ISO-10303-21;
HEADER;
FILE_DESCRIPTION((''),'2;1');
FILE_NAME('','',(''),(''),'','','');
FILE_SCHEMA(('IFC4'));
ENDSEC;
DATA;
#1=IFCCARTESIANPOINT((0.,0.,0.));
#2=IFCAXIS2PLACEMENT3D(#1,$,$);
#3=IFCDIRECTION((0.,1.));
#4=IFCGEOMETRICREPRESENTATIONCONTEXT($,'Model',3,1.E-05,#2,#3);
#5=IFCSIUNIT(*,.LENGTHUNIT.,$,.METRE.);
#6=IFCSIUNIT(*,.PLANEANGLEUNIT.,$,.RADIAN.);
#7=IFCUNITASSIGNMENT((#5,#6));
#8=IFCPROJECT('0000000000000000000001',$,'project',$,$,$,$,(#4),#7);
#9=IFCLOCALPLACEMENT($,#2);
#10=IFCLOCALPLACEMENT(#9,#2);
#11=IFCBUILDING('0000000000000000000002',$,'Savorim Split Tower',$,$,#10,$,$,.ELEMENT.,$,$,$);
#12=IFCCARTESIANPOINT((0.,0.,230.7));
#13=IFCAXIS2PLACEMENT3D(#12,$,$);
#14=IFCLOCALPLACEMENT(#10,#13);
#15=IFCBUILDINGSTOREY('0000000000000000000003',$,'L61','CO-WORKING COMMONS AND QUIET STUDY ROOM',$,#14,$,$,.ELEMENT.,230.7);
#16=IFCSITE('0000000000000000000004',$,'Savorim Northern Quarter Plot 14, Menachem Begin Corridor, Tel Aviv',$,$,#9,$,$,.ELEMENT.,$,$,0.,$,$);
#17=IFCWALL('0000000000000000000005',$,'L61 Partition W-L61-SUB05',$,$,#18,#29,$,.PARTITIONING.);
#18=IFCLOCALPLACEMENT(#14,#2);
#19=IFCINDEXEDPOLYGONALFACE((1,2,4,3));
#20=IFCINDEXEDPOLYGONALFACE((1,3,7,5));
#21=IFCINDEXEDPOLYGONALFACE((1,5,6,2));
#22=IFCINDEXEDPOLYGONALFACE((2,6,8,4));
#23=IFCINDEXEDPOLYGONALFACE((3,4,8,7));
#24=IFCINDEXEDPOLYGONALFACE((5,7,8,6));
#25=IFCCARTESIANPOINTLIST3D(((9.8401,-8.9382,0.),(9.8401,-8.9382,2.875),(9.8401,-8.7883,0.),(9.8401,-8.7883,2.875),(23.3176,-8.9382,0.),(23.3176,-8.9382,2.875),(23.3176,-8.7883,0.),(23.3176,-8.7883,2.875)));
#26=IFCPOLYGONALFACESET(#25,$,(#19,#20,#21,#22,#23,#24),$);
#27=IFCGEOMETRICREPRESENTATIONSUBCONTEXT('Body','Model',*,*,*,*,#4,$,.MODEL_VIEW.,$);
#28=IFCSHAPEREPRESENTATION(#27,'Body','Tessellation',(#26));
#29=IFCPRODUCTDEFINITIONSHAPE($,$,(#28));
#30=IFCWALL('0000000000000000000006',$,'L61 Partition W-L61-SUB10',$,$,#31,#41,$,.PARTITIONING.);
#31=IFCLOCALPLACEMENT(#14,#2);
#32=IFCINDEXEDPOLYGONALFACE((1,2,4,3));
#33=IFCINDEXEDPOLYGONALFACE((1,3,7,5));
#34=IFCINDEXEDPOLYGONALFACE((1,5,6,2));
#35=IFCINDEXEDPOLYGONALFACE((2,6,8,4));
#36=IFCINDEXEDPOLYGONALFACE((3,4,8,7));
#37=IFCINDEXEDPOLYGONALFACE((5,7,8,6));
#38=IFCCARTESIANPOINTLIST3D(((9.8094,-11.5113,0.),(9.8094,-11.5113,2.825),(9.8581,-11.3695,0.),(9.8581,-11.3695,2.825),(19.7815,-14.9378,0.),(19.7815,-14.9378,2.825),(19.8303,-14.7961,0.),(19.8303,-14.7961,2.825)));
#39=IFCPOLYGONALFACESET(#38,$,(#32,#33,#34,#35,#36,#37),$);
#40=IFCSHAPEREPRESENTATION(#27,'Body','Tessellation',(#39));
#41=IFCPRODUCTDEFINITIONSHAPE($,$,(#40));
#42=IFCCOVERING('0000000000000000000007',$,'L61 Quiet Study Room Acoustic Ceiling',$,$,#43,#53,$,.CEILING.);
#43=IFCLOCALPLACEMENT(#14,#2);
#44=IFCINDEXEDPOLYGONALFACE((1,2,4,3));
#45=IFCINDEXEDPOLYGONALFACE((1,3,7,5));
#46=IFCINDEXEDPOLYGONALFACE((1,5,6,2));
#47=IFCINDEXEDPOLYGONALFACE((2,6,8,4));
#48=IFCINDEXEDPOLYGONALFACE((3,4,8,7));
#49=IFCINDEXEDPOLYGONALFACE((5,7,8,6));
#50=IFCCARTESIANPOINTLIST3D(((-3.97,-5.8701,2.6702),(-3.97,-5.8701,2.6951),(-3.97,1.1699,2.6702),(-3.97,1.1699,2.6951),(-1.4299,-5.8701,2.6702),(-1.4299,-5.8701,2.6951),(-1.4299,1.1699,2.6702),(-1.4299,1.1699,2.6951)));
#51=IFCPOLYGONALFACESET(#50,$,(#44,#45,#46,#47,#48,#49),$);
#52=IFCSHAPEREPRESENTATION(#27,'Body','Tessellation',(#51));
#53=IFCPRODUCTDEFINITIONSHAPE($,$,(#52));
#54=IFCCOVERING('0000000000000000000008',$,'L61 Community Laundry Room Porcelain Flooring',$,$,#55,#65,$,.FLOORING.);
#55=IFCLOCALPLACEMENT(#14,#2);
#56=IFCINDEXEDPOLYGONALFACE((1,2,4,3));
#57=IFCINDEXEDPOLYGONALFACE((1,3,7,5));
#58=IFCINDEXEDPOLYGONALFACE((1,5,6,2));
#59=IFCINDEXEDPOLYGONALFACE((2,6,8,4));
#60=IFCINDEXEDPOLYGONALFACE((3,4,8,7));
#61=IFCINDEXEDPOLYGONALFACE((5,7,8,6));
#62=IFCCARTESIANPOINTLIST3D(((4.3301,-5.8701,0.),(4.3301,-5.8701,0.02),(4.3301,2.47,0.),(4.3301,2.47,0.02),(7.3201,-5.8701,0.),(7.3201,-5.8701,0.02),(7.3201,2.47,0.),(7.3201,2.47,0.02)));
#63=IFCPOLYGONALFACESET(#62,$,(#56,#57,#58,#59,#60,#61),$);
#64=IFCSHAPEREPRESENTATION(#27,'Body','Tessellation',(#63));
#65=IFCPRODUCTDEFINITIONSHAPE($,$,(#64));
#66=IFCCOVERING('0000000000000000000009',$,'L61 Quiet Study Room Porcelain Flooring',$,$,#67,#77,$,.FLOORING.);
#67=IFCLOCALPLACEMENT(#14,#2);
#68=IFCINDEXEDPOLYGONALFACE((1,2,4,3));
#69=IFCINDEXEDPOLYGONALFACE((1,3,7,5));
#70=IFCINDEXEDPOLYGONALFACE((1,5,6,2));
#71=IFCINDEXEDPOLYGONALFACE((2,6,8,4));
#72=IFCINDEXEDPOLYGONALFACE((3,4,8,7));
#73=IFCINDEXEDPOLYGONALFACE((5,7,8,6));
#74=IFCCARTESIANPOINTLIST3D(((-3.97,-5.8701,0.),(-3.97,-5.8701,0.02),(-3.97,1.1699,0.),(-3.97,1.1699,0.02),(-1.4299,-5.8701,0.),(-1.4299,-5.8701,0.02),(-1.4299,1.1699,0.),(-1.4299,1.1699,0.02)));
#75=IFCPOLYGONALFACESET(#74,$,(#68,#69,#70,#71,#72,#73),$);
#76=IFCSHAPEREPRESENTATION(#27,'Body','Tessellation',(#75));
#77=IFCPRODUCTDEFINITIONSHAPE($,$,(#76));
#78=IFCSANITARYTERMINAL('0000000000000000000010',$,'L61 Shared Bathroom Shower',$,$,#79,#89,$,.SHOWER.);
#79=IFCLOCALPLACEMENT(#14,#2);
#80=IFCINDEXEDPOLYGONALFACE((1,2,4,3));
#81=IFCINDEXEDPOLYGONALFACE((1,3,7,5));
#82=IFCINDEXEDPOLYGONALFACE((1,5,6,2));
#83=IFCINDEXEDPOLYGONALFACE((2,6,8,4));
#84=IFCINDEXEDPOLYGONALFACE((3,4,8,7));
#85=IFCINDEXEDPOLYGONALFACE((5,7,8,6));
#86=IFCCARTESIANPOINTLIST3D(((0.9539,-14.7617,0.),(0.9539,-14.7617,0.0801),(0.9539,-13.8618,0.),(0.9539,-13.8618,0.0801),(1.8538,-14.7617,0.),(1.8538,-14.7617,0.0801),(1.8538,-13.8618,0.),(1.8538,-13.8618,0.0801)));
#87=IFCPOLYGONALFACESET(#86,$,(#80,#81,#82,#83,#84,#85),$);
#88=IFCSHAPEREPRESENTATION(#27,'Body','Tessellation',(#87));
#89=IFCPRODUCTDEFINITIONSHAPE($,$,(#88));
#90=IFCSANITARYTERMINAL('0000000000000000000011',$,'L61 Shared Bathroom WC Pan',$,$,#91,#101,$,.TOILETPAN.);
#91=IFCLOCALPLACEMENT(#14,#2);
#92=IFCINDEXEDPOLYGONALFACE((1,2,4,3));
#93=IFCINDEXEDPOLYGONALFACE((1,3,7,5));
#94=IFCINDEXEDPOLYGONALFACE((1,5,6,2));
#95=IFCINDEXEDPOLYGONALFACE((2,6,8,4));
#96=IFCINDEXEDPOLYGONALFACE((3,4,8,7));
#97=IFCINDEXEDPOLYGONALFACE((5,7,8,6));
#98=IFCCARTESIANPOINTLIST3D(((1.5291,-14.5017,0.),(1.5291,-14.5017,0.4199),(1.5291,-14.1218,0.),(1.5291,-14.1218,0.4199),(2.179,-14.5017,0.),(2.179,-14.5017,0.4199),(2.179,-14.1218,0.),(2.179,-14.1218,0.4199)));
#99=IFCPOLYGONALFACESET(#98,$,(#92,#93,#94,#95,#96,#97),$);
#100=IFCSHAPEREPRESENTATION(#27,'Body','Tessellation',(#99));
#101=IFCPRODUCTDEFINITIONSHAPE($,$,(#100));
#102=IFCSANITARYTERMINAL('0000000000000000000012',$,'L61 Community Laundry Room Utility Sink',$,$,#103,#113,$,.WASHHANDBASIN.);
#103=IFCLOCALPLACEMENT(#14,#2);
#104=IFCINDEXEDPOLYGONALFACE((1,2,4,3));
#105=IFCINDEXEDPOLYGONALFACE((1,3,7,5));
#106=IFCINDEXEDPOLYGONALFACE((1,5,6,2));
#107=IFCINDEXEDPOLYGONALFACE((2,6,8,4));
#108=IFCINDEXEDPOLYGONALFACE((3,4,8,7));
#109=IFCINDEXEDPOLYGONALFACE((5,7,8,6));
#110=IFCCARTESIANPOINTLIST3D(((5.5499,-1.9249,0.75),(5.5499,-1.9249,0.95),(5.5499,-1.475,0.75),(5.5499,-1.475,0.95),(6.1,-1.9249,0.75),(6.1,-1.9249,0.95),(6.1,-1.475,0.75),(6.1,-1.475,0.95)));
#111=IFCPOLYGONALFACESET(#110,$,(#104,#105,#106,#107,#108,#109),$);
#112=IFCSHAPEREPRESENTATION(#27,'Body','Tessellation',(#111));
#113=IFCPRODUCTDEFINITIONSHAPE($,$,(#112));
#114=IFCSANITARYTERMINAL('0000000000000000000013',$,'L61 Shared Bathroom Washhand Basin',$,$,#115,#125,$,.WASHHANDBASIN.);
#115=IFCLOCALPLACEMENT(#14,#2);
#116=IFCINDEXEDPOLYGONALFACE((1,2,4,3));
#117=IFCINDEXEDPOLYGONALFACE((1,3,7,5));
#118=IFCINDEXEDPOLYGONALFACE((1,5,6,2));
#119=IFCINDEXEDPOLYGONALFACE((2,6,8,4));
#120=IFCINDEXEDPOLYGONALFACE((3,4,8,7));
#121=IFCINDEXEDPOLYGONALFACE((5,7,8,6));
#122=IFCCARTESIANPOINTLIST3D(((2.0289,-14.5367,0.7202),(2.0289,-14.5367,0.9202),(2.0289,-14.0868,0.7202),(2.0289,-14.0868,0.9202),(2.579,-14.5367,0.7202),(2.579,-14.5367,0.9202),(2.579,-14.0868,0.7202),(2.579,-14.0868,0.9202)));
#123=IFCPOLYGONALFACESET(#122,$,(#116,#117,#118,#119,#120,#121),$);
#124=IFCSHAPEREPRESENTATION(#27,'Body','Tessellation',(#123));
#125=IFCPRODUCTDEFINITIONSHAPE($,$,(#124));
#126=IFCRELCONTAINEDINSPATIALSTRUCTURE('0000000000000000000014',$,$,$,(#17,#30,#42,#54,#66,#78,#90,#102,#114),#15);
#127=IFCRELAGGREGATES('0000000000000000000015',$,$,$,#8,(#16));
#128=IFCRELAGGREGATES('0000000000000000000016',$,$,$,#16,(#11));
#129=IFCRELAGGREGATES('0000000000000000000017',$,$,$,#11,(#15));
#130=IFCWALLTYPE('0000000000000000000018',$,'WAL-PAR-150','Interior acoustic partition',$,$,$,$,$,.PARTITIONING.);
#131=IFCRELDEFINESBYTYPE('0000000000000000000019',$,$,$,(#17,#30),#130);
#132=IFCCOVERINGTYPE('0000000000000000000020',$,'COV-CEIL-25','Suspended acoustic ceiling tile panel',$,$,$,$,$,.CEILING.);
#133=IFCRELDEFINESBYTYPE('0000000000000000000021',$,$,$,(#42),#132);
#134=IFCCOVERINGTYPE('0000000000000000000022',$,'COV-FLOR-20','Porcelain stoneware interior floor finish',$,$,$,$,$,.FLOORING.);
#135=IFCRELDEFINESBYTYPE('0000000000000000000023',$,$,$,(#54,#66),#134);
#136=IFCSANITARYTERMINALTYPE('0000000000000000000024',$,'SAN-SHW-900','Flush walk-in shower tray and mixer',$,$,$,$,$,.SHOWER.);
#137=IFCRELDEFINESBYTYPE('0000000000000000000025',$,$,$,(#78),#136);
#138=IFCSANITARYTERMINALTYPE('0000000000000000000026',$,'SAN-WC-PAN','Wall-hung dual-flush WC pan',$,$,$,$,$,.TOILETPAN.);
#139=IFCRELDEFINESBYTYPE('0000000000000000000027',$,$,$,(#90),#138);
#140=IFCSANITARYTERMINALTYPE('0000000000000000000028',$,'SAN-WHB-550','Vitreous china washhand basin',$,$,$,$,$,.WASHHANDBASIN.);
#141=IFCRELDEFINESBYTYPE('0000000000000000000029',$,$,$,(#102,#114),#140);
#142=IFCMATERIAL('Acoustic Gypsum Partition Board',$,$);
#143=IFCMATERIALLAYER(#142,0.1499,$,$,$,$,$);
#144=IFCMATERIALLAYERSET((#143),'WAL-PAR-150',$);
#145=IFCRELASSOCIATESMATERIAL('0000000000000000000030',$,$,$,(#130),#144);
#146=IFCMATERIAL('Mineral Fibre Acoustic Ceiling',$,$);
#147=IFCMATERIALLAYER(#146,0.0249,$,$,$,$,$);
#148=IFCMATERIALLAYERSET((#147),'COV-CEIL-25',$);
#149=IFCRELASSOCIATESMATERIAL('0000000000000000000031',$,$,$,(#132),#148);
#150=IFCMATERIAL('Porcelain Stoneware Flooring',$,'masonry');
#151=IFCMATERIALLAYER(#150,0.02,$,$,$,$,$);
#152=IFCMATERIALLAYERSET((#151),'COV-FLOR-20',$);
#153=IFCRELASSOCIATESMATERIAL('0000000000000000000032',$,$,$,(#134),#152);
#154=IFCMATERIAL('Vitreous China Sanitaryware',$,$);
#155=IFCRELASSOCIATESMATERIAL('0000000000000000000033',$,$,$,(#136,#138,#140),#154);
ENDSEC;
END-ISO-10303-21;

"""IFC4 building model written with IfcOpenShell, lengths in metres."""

from ifc_helpers import new_model, si_unit, direction, frame, frame_2d, origin, origin_2d, place, context, subcontext, project, spatial, polyline, rectangle, outline, extrude, material, layer, layer_set, type_object, element, save


model = new_model("IFC4")

# Units and contexts
model_context = context("Model", 3, precision=1e-05, world=origin(), true_north=direction((0.0, 1.0)))
body_context = subcontext(model_context, "Body", "Model", "MODEL_VIEW")
ifc_project = project(units=[si_unit("LENGTHUNIT", "METRE"), si_unit("PLANEANGLEUNIT", "RADIAN")], contexts=[model_context])

# Site, building, storey
site_placement = place(None, origin())
site = spatial("IfcSite", under=ifc_project, at=site_placement, Name="Savorim Northern Quarter Plot 14, Menachem Begin Corridor, Tel Aviv", CompositionType="ELEMENT", RefElevation=0.0)
building_placement = place(site_placement, origin())
building = spatial("IfcBuilding", under=site, at=building_placement, Name="Savorim Split Tower", CompositionType="ELEMENT")
storey_placement = place(building_placement, frame((0.0, 0.0, 230.7)))
storey = spatial("IfcBuildingStorey", under=building, at=storey_placement, Name="L61", Description="CO-WORKING COMMONS AND QUIET STUDY ROOM", CompositionType="ELEMENT", Elevation=230.7)

# Shared definitions
ifc_material_1 = material(Name="Acoustic Gypsum Partition Board")
ifc_layer_1 = layer(ifc_material_1, 0.1499)
ifc_layer_set_1 = layer_set([ifc_layer_1], Name="WAL-PAR-150")
wall_type_1 = type_object("IfcWallType", Name="WAL-PAR-150", Description="Interior acoustic partition", PredefinedType="PARTITIONING", material=ifc_layer_set_1)

# Walls
wall_1_placement = place(storey_placement, frame((9.8401, -8.8633, 0.0), z_axis=(0.0, 0.0, 1.0), x_axis=(1.0, 0.0, 0.0)))
element("IfcWall", 1, at=wall_1_placement, inside=storey, type_object=wall_type_1, Name="L61 Partition W-L61-SUB05", PredefinedType="PARTITIONING", context=body_context, shape_type="SweptSolid", body=[
    extrude(rectangle(XDim=13.4775, YDim=0.1499, at=frame_2d((6.7388, 0.0))), origin(), (0.0, 0.0, 1.0), 2.875),
])
wall_2_placement = place(storey_placement, frame((9.8337, -11.4404, 0.0), z_axis=(0.0, 0.0, 1.0), x_axis=(0.945728, -0.324959, 0.0)))
element("IfcWall", 2, at=wall_2_placement, inside=storey, type_object=wall_type_1, Name="L61 Partition W-L61-SUB10", PredefinedType="PARTITIONING", context=body_context, shape_type="SweptSolid", body=[
    extrude(rectangle(XDim=10.5444, YDim=0.1499, at=frame_2d((5.2722, 0.0))), origin(), (0.0, 0.0, 1.0), 2.825),
])

# Coverings
ifc_material_2 = material(Name="Mineral Fibre Acoustic Ceiling")
ifc_layer_2 = layer(ifc_material_2, 0.0249)
ifc_layer_set_2 = layer_set([ifc_layer_2], Name="COV-CEIL-25")
covering_type_1 = type_object("IfcCoveringType", Name="COV-CEIL-25", Description="Suspended acoustic ceiling tile panel", PredefinedType="CEILING", material=ifc_layer_set_2)
covering_1_placement = place(storey_placement, frame((0.0, 0.0, 2.6702)))
element("IfcCovering", 3, at=covering_1_placement, inside=storey, type_object=covering_type_1, Name="L61 Quiet Study Room Acoustic Ceiling", PredefinedType="CEILING", context=body_context, shape_type="SweptSolid", body=[
    extrude(outline(polyline([(-3.97, 1.1699), (-3.97, -5.8701), (-1.4299, -5.8701), (-1.4299, 1.1699), (-3.97, 1.1699)])), origin(), (0.0, 0.0, 1.0), 0.0249),
])
ifc_material_3 = material(Name="Porcelain Stoneware Flooring", Category="masonry")
ifc_layer_3 = layer(ifc_material_3, 0.02)
ifc_layer_set_3 = layer_set([ifc_layer_3], Name="COV-FLOR-20")
covering_type_2 = type_object("IfcCoveringType", Name="COV-FLOR-20", Description="Porcelain stoneware interior floor finish", PredefinedType="FLOORING", material=ifc_layer_set_3)
covering_2_placement = place(storey_placement, origin())
element("IfcCovering", 4, at=covering_2_placement, inside=storey, type_object=covering_type_2, Name="L61 Community Laundry Room Porcelain Flooring", PredefinedType="FLOORING", context=body_context, shape_type="SweptSolid", body=[
    extrude(outline(polyline([(4.3301, 2.47), (4.3301, -5.8701), (7.3201, -5.8701), (7.3201, 2.47), (4.3301, 2.47)])), origin(), (0.0, 0.0, 1.0), 0.02),
])
covering_3_placement = place(storey_placement, origin())
element("IfcCovering", 5, at=covering_3_placement, inside=storey, type_object=covering_type_2, Name="L61 Quiet Study Room Porcelain Flooring", PredefinedType="FLOORING", context=body_context, shape_type="SweptSolid", body=[
    extrude(outline(polyline([(-3.97, 1.1699), (-3.97, -5.8701), (-1.4299, -5.8701), (-1.4299, 1.1699), (-3.97, 1.1699)])), origin(), (0.0, 0.0, 1.0), 0.02),
])

# Sanitary terminals
ifc_material_4 = material(Name="Vitreous China Sanitaryware")
sanitary_terminal_type_1 = type_object("IfcSanitaryTerminalType", Name="SAN-SHW-900", Description="Flush walk-in shower tray and mixer", PredefinedType="SHOWER", material=ifc_material_4)
sanitary_terminal_1_placement = place(storey_placement, frame((1.4038, -14.3118, 0.0), z_axis=(0.0, 0.0, 1.0), x_axis=(1.0, 0.0, 0.0)))
element("IfcSanitaryTerminal", 6, at=sanitary_terminal_1_placement, inside=storey, type_object=sanitary_terminal_type_1, Name="L61 Shared Bathroom Shower", PredefinedType="SHOWER", context=body_context, shape_type="SweptSolid", body=[
    extrude(rectangle(XDim=0.8999, YDim=0.8999, at=origin_2d()), origin(), (0.0, 0.0, 1.0), 0.0801),
])
sanitary_terminal_type_2 = type_object("IfcSanitaryTerminalType", Name="SAN-WC-PAN", Description="Wall-hung dual-flush WC pan", PredefinedType="TOILETPAN", material=ifc_material_4)
sanitary_terminal_2_placement = place(storey_placement, frame((1.854, -14.3118, 0.0), z_axis=(0.0, 0.0, 1.0), x_axis=(1.0, 0.0, 0.0)))
element("IfcSanitaryTerminal", 7, at=sanitary_terminal_2_placement, inside=storey, type_object=sanitary_terminal_type_2, Name="L61 Shared Bathroom WC Pan", PredefinedType="TOILETPAN", context=body_context, shape_type="SweptSolid", body=[
    extrude(rectangle(XDim=0.6499, YDim=0.3799, at=origin_2d()), origin(), (0.0, 0.0, 1.0), 0.4199),
])
sanitary_terminal_type_3 = type_object("IfcSanitaryTerminalType", Name="SAN-WHB-550", Description="Vitreous china washhand basin", PredefinedType="WASHHANDBASIN", material=ifc_material_4)
for number, where, z_axis, x_axis, name in (
    (8, (5.825, -1.7, 0.75), (0.0, 0.0, 1.0), (1.0, 0.0, 0.0), "L61 Community Laundry Room Utility Sink"),
    (9, (2.304, -14.3118, 0.7202), (0.0, 0.0, 1.0), (1.0, 0.0, 0.0), "L61 Shared Bathroom Washhand Basin"),
):
    element("IfcSanitaryTerminal", number, at=place(storey_placement, frame(where, z_axis=z_axis, x_axis=x_axis)), inside=storey, type_object=sanitary_terminal_type_3, Name=name, PredefinedType="WASHHANDBASIN", context=body_context, shape_type="SweptSolid", body=[
        extrude(rectangle(XDim=0.55, YDim=0.45, at=origin_2d()), origin(), (0.0, 0.0, 1.0), 0.2),
    ])

save(model, "model.ifc")
